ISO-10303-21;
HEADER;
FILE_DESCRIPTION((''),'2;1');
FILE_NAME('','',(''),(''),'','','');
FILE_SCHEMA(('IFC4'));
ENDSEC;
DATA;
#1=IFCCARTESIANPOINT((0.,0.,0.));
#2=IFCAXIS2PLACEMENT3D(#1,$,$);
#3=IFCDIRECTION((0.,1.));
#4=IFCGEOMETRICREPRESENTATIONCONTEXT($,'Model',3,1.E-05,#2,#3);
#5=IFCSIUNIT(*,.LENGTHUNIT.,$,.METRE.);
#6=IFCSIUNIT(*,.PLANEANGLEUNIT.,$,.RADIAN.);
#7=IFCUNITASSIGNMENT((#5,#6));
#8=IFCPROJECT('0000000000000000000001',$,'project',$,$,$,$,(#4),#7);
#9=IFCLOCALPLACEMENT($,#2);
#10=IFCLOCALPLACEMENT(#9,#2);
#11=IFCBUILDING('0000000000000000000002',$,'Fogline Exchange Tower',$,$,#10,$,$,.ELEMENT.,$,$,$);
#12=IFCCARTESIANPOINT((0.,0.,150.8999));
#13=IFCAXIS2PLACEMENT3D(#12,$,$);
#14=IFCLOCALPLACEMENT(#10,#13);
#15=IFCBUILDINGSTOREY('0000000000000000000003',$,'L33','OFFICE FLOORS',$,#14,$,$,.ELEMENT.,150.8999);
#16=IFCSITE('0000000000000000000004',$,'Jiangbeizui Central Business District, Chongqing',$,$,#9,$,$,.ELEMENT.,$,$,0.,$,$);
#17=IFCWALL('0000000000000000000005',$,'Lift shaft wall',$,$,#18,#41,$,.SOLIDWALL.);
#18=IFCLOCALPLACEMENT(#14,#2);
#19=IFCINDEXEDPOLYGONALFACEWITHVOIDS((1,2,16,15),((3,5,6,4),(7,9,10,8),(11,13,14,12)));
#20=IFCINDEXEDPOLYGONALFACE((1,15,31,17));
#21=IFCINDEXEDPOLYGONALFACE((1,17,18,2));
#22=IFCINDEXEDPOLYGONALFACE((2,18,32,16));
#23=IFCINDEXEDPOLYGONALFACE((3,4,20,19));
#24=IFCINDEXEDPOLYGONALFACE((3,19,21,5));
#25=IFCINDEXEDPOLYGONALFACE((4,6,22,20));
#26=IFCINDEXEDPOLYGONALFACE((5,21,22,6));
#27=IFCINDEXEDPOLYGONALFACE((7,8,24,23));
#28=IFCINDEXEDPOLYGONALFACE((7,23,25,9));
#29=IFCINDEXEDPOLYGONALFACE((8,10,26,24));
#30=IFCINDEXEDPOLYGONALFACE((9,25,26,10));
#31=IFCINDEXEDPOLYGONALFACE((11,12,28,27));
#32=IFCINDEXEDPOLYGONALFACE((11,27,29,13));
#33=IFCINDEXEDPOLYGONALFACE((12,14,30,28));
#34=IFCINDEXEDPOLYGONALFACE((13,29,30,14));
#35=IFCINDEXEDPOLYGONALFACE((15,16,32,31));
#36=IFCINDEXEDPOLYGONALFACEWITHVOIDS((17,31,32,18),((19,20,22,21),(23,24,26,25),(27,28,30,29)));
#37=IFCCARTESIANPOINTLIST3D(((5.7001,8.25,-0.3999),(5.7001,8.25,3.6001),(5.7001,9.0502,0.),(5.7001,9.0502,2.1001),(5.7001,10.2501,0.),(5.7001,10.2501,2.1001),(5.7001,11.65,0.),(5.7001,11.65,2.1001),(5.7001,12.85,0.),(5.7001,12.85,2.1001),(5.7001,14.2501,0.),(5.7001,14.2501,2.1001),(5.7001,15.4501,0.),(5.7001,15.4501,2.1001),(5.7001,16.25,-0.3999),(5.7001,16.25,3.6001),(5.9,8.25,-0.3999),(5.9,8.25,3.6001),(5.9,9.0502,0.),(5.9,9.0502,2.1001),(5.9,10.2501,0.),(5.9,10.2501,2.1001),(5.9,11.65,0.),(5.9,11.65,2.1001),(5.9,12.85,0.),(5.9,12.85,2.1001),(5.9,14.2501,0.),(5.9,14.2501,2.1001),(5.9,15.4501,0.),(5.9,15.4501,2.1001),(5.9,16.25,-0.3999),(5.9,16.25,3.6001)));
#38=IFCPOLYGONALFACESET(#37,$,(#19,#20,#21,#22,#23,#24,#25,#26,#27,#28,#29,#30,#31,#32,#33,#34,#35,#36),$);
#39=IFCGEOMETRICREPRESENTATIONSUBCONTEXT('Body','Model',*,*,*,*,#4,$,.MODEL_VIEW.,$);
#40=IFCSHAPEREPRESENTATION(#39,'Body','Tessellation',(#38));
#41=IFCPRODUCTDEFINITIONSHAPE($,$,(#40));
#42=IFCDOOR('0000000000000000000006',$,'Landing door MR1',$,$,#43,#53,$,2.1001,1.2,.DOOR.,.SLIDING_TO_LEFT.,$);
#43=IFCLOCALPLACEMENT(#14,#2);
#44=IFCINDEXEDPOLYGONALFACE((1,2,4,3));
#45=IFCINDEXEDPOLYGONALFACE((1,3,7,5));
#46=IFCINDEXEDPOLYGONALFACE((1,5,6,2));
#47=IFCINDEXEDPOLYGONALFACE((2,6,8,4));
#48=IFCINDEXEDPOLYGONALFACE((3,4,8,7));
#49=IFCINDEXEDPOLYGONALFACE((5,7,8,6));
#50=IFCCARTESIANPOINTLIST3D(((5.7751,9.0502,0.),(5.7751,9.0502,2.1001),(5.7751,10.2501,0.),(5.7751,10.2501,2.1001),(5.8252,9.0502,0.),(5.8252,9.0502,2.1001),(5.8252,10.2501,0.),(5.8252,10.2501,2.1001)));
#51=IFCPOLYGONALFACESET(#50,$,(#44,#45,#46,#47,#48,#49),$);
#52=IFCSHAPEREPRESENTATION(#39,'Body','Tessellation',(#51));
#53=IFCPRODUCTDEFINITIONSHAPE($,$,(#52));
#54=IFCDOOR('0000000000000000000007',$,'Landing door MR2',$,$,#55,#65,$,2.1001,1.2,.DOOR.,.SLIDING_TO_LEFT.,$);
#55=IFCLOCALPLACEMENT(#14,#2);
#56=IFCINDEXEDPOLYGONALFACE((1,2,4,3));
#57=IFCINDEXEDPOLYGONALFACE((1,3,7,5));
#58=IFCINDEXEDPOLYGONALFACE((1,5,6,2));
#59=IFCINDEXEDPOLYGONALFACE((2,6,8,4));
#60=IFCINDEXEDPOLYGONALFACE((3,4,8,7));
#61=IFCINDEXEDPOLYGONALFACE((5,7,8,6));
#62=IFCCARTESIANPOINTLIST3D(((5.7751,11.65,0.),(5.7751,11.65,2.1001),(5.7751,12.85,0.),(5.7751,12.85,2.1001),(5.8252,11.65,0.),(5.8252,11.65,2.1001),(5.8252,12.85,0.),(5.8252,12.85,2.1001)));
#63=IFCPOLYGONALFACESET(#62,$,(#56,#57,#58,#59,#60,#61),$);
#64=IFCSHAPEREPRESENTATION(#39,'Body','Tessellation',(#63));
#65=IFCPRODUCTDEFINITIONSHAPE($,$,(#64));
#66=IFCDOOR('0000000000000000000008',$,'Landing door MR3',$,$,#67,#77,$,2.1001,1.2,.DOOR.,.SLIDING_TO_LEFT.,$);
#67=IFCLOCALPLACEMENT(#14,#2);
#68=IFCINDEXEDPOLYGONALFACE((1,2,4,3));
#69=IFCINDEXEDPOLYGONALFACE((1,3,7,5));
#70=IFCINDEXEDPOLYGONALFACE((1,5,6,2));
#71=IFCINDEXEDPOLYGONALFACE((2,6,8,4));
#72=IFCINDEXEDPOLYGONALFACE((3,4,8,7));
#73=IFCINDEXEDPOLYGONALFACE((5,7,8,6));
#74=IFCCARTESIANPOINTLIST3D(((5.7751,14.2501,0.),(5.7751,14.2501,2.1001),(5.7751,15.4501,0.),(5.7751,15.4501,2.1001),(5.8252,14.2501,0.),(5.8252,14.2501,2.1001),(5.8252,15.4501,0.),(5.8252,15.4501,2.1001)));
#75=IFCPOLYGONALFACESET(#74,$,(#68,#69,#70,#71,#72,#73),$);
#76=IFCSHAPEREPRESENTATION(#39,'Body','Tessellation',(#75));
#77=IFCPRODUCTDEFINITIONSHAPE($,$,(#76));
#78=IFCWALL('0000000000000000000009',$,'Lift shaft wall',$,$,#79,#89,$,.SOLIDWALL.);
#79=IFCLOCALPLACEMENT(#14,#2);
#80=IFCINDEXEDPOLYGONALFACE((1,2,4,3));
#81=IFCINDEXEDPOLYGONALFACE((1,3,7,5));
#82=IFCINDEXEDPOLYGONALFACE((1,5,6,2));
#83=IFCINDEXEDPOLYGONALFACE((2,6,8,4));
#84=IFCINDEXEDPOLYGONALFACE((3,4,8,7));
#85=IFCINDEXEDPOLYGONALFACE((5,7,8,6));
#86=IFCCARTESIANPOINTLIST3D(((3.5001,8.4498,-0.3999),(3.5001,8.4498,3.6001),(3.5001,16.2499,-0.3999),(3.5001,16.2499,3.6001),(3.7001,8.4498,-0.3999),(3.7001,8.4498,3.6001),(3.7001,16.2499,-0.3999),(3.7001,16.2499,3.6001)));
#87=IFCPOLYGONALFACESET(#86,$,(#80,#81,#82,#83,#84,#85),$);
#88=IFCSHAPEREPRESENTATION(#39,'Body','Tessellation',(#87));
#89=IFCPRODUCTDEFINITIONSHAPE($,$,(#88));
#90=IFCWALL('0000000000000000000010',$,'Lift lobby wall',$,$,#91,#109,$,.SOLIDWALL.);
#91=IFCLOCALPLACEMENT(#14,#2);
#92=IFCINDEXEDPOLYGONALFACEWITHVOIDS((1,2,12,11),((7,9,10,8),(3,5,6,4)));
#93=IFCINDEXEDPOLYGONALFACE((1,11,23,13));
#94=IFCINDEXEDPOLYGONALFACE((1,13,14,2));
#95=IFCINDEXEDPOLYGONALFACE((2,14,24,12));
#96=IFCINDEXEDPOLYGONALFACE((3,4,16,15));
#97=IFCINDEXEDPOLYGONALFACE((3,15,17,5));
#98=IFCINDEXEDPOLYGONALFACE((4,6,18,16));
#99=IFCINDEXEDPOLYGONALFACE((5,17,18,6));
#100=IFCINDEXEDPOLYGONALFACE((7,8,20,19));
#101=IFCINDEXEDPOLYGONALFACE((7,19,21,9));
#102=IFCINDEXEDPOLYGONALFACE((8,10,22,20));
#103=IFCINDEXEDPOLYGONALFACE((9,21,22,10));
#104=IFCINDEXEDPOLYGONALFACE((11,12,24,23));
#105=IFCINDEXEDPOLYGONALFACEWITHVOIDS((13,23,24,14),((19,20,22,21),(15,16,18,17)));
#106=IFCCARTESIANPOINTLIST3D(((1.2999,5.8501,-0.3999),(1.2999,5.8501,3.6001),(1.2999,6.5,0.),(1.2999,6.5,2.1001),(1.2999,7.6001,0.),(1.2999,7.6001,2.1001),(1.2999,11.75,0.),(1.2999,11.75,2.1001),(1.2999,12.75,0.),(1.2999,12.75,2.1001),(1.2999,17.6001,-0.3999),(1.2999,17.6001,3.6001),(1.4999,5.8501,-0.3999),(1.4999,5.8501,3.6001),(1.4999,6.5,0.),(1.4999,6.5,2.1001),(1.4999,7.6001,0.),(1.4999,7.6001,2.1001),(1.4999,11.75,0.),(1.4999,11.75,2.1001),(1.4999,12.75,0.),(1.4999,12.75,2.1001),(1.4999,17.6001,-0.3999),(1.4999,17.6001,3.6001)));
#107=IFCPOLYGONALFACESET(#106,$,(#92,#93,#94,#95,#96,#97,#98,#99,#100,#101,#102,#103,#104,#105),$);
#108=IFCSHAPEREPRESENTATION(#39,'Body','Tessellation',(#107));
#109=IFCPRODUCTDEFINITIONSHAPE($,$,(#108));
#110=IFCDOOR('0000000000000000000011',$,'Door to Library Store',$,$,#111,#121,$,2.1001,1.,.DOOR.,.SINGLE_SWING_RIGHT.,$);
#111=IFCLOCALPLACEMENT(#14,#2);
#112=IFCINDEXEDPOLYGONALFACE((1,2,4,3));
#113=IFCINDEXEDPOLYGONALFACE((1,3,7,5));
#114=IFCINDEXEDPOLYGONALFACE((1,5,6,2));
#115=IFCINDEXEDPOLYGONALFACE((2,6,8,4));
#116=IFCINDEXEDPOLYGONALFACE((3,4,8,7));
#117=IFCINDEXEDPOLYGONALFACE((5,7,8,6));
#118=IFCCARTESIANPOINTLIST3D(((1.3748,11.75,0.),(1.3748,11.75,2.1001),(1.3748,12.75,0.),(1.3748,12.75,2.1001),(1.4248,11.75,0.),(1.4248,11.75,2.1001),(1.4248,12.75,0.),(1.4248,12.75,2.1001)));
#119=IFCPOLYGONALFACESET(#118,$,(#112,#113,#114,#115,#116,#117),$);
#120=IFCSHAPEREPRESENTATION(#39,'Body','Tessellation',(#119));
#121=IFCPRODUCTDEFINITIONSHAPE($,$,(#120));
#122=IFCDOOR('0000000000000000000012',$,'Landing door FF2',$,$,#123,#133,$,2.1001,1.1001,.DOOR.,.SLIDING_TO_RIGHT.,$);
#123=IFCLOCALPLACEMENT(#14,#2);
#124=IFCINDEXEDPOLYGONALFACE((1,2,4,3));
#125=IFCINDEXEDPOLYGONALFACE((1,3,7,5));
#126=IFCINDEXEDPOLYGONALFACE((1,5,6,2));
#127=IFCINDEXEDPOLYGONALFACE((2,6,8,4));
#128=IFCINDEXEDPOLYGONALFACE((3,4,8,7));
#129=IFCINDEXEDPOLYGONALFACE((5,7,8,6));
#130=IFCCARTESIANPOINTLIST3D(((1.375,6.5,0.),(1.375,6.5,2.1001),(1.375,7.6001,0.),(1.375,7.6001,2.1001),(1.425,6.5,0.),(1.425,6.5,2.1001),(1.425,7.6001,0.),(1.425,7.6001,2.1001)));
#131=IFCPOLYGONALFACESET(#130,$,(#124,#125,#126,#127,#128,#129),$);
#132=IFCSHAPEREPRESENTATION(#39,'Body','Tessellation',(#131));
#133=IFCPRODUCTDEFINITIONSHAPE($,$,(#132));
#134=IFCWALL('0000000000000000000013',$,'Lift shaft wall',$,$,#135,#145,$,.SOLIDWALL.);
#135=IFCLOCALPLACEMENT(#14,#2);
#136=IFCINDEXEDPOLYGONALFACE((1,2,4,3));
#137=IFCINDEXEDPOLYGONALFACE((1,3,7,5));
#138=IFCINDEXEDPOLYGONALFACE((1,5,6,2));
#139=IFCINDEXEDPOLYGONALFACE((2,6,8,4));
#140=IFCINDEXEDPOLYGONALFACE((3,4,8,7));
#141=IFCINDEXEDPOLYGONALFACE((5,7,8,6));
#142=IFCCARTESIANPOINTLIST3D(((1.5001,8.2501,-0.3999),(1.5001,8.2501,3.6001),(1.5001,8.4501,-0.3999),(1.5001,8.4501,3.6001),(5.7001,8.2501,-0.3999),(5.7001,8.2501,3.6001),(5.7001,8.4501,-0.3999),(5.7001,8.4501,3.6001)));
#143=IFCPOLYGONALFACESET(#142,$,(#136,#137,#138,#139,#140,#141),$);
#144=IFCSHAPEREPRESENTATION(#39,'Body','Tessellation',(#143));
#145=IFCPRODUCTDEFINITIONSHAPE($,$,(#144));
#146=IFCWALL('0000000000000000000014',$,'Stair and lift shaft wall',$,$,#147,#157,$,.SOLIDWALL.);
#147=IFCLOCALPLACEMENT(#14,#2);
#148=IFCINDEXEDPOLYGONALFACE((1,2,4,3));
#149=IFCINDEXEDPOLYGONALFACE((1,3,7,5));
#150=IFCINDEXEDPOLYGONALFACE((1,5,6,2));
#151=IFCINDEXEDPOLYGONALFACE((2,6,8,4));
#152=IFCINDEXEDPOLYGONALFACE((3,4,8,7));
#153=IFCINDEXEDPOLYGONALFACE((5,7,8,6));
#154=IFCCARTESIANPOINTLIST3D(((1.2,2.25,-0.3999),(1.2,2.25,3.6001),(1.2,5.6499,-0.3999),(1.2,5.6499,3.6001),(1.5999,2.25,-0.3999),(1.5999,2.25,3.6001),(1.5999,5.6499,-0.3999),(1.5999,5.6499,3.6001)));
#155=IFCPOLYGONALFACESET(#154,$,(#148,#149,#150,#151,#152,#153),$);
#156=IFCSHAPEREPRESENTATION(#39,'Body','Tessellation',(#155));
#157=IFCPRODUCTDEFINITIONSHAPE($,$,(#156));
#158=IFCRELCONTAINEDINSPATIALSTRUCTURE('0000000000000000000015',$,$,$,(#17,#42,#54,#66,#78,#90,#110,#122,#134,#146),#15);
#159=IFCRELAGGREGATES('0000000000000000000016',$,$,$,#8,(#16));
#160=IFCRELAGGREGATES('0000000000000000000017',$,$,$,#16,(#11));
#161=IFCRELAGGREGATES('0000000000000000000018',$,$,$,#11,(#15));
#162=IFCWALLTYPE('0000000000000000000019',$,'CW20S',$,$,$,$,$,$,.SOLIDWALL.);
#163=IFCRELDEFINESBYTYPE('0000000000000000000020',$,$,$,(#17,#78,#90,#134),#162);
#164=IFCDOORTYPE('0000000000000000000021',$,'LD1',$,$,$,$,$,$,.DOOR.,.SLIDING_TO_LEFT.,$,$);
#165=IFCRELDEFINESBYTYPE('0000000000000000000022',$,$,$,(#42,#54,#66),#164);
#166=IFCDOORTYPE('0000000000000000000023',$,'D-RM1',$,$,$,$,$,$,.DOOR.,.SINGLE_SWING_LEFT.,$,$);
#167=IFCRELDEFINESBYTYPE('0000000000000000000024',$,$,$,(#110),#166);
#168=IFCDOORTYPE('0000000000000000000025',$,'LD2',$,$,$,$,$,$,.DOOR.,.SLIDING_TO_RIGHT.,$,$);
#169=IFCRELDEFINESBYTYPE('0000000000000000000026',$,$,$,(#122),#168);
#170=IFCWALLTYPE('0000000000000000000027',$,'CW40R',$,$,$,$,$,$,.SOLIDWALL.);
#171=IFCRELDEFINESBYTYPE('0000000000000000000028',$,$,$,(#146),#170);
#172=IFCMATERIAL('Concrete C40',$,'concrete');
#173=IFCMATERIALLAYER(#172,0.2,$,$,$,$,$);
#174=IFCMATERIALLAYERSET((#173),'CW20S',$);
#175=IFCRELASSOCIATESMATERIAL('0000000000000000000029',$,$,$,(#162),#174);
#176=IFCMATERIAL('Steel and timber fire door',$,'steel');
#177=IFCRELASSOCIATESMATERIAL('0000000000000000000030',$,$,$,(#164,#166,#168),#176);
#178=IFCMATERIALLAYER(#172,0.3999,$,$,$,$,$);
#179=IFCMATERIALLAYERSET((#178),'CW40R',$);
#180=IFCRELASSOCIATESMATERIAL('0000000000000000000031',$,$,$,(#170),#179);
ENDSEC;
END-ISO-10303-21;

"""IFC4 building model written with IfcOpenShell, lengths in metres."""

from ifc_helpers import new_model, si_unit, direction, frame, frame_2d, origin, place, context, subcontext, project, spatial, rectangle, extrude, material, layer, layer_set, type_object, element, fill, save


model = new_model("IFC4")

# Units and contexts
model_context = context("Model", 3, precision=1e-05, world=origin(), true_north=direction((0.0, 1.0)))
body_context = subcontext(model_context, "Body", "Model", "MODEL_VIEW")
ifc_project = project(units=[si_unit("LENGTHUNIT", "METRE"), si_unit("PLANEANGLEUNIT", "RADIAN")], contexts=[model_context])

# Site, building, storey
site_placement = place(None, origin())
site = spatial("IfcSite", under=ifc_project, at=site_placement, Name="Jiangbeizui Central Business District, Chongqing", CompositionType="ELEMENT", RefElevation=0.0)
building_placement = place(site_placement, origin())
building = spatial("IfcBuilding", under=site, at=building_placement, Name="Fogline Exchange Tower", CompositionType="ELEMENT")
storey_placement = place(building_placement, frame((0.0, 0.0, 150.8999)))
storey = spatial("IfcBuildingStorey", under=building, at=storey_placement, Name="L33", Description="OFFICE FLOORS", CompositionType="ELEMENT", Elevation=150.8999)

# Shared definitions
ifc_material_1 = material(Name="Concrete C40", Category="concrete")

# Shared definitions
ifc_material_2 = material(Name="Steel and timber fire door", Category="steel")

# Shared definitions
ifc_layer_1 = layer(ifc_material_1, 0.2)
ifc_layer_set_1 = layer_set([ifc_layer_1], Name="CW20S")
wall_type_1 = type_object("IfcWallType", Name="CW20S", PredefinedType="SOLIDWALL", material=ifc_layer_set_1)

# Wall, openings, doors
wall_1_placement = place(storey_placement, frame((5.8, 8.25, -0.3999), z_axis=(0.0, 0.0, 1.0), x_axis=(0.0, 1.0, 0.0)))
wall_1 = element("IfcWall", 1, at=wall_1_placement, inside=storey, type_object=wall_type_1, Name="Lift shaft wall", PredefinedType="SOLIDWALL", context=body_context, shape_type="SweptSolid", body=[
    extrude(rectangle(XDim=8.0, YDim=0.2, at=frame_2d((4.0, 0.0))), origin(), (0.0, 0.0, 1.0), 4.0),
])
opening_1_placement = place(wall_1_placement, frame((0.8, 0.0, 0.3999)))
opening_1 = element("IfcOpeningElement", 2, at=opening_1_placement, cuts=wall_1, PredefinedType="OPENING", context=body_context, shape_type="SweptSolid", body=[
    extrude(rectangle(XDim=1.2, YDim=2.1001, at=frame_2d((0.6001, 1.05))), frame((0.0, 0.1099, 0.0), z_axis=(0.0, -1.0, 0.0), x_axis=(1.0, 0.0, 0.0)), (0.0, 0.0, 1.0), 0.22),
])
opening_2_placement = place(wall_1_placement, frame((3.3999, 0.0, 0.3999)))
opening_2 = element("IfcOpeningElement", 3, at=opening_2_placement, cuts=wall_1, PredefinedType="OPENING", context=body_context, shape_type="SweptSolid", body=[
    extrude(rectangle(XDim=1.2, YDim=2.1001, at=frame_2d((0.6001, 1.05))), frame((0.0, 0.1099, 0.0), z_axis=(0.0, -1.0, 0.0), x_axis=(1.0, 0.0, 0.0)), (0.0, 0.0, 1.0), 0.22),
])
opening_3_placement = place(wall_1_placement, frame((6.0, 0.0, 0.3999)))
opening_3 = element("IfcOpeningElement", 4, at=opening_3_placement, cuts=wall_1, PredefinedType="OPENING", context=body_context, shape_type="SweptSolid", body=[
    extrude(rectangle(XDim=1.2, YDim=2.1001, at=frame_2d((0.6001, 1.05))), frame((0.0, 0.1099, 0.0), z_axis=(0.0, -1.0, 0.0), x_axis=(1.0, 0.0, 0.0)), (0.0, 0.0, 1.0), 0.22),
])
door_type_1 = type_object("IfcDoorType", Name="LD1", OperationType="SLIDING_TO_LEFT", PredefinedType="DOOR", material=ifc_material_2)
door_1_placement = place(opening_1_placement, origin())
door_1 = element("IfcDoor", 5, at=door_1_placement, inside=storey, type_object=door_type_1, Name="Landing door MR1", OperationType="SLIDING_TO_LEFT", OverallHeight=2.1001, OverallWidth=1.2, PredefinedType="DOOR", context=body_context, shape_type="SweptSolid", body=[
    extrude(rectangle(XDim=1.2, YDim=2.1001, at=frame_2d((0.6001, 1.05))), frame((0.0, 0.0249, 0.0), z_axis=(0.0, -1.0, 0.0), x_axis=(1.0, 0.0, 0.0)), (0.0, 0.0, 1.0), 0.05),
])
fill(opening_1, door_1)
door_2_placement = place(opening_2_placement, origin())
door_2 = element("IfcDoor", 6, at=door_2_placement, inside=storey, type_object=door_type_1, Name="Landing door MR2", OperationType="SLIDING_TO_LEFT", OverallHeight=2.1001, OverallWidth=1.2, PredefinedType="DOOR", context=body_context, shape_type="SweptSolid", body=[
    extrude(rectangle(XDim=1.2, YDim=2.1001, at=frame_2d((0.6001, 1.05))), frame((0.0, 0.0249, 0.0), z_axis=(0.0, -1.0, 0.0), x_axis=(1.0, 0.0, 0.0)), (0.0, 0.0, 1.0), 0.05),
])
fill(opening_2, door_2)
door_3_placement = place(opening_3_placement, origin())
door_3 = element("IfcDoor", 7, at=door_3_placement, inside=storey, type_object=door_type_1, Name="Landing door MR3", OperationType="SLIDING_TO_LEFT", OverallHeight=2.1001, OverallWidth=1.2, PredefinedType="DOOR", context=body_context, shape_type="SweptSolid", body=[
    extrude(rectangle(XDim=1.2, YDim=2.1001, at=frame_2d((0.6001, 1.05))), frame((0.0, 0.0249, 0.0), z_axis=(0.0, -1.0, 0.0), x_axis=(1.0, 0.0, 0.0)), (0.0, 0.0, 1.0), 0.05),
])
fill(opening_3, door_3)

# Wall
wall_2_placement = place(storey_placement, frame((3.6001, 8.45, -0.3999), z_axis=(0.0, 0.0, 1.0), x_axis=(0.0, 1.0, 0.0)))
element("IfcWall", 8, at=wall_2_placement, inside=storey, type_object=wall_type_1, Name="Lift shaft wall", PredefinedType="SOLIDWALL", context=body_context, shape_type="SweptSolid", body=[
    extrude(rectangle(XDim=7.8, YDim=0.2, at=frame_2d((3.8999, 0.0))), origin(), (0.0, 0.0, 1.0), 4.0),
])

# Wall, openings, doors
wall_3_placement = place(storey_placement, frame((1.3999, 5.8501, -0.3999), z_axis=(0.0, 0.0, 1.0), x_axis=(0.0, 1.0, 0.0)))
wall_3 = element("IfcWall", 9, at=wall_3_placement, inside=storey, type_object=wall_type_1, Name="Lift lobby wall", PredefinedType="SOLIDWALL", context=body_context, shape_type="SweptSolid", body=[
    extrude(rectangle(XDim=11.75, YDim=0.2, at=frame_2d((5.875, 0.0))), origin(), (0.0, 0.0, 1.0), 4.0),
])
opening_4_placement = place(wall_3_placement, frame((0.6499, 0.0, 0.3999)))
opening_4 = element("IfcOpeningElement", 10, at=opening_4_placement, cuts=wall_3, PredefinedType="OPENING", context=body_context, shape_type="SweptSolid", body=[
    extrude(rectangle(XDim=1.1001, YDim=2.1001, at=frame_2d((0.55, 1.05))), frame((0.0, 0.1099, 0.0), z_axis=(0.0, -1.0, 0.0), x_axis=(1.0, 0.0, 0.0)), (0.0, 0.0, 1.0), 0.22),
])
opening_5_placement = place(wall_3_placement, frame((5.8999, 0.0, 0.3999)))
opening_5 = element("IfcOpeningElement", 11, at=opening_5_placement, cuts=wall_3, PredefinedType="OPENING", context=body_context, shape_type="SweptSolid", body=[
    extrude(rectangle(XDim=1.0, YDim=2.1001, at=frame_2d((0.5, 1.05))), frame((0.0, 0.1099, 0.0), z_axis=(0.0, -1.0, 0.0), x_axis=(1.0, 0.0, 0.0)), (0.0, 0.0, 1.0), 0.22),
])
door_type_2 = type_object("IfcDoorType", Name="D-RM1", OperationType="SINGLE_SWING_LEFT", PredefinedType="DOOR", material=ifc_material_2)
door_4_placement = place(opening_5_placement, frame((1.0, 0.0, 0.0), z_axis=(0.0, 0.0, 1.0), x_axis=(-1.0, 0.0, 0.0)))
door_4 = element("IfcDoor", 12, at=door_4_placement, inside=storey, type_object=door_type_2, Name="Door to Library Store", OperationType="SINGLE_SWING_RIGHT", OverallHeight=2.1001, OverallWidth=1.0, PredefinedType="DOOR", context=body_context, shape_type="SweptSolid", body=[
    extrude(rectangle(XDim=1.0, YDim=2.1001, at=frame_2d((0.5, 1.05))), frame((0.0, 0.0249, 0.0), z_axis=(0.0, -1.0, 0.0), x_axis=(1.0, 0.0, 0.0)), (0.0, 0.0, 1.0), 0.05),
])
fill(opening_5, door_4)
door_type_3 = type_object("IfcDoorType", Name="LD2", OperationType="SLIDING_TO_RIGHT", PredefinedType="DOOR", material=ifc_material_2)
door_5_placement = place(opening_4_placement, origin())
door_5 = element("IfcDoor", 13, at=door_5_placement, inside=storey, type_object=door_type_3, Name="Landing door FF2", OperationType="SLIDING_TO_RIGHT", OverallHeight=2.1001, OverallWidth=1.1001, PredefinedType="DOOR", context=body_context, shape_type="SweptSolid", body=[
    extrude(rectangle(XDim=1.1001, YDim=2.1001, at=frame_2d((0.55, 1.05))), frame((0.0, 0.0249, 0.0), z_axis=(0.0, -1.0, 0.0), x_axis=(1.0, 0.0, 0.0)), (0.0, 0.0, 1.0), 0.05),
])
fill(opening_4, door_5)

# Walls
wall_4_placement = place(storey_placement, frame((1.5, 8.3501, -0.3999), z_axis=(0.0, 0.0, 1.0), x_axis=(1.0, 0.0, 0.0)))
element("IfcWall", 14, at=wall_4_placement, inside=storey, type_object=wall_type_1, Name="Lift shaft wall", PredefinedType="SOLIDWALL", context=body_context, shape_type="SweptSolid", body=[
    extrude(rectangle(XDim=4.2, YDim=0.2, at=frame_2d((2.1001, 0.0))), origin(), (0.0, 0.0, 1.0), 4.0),
])
ifc_layer_2 = layer(ifc_material_1, 0.3999)
ifc_layer_set_2 = layer_set([ifc_layer_2], Name="CW40R")
wall_type_2 = type_object("IfcWallType", Name="CW40R", PredefinedType="SOLIDWALL", material=ifc_layer_set_2)
wall_5_placement = place(storey_placement, frame((1.3999, 2.25, -0.3999), z_axis=(0.0, 0.0, 1.0), x_axis=(0.0, 1.0, 0.0)))
element("IfcWall", 15, at=wall_5_placement, inside=storey, type_object=wall_type_2, Name="Stair and lift shaft wall", PredefinedType="SOLIDWALL", context=body_context, shape_type="SweptSolid", body=[
    extrude(rectangle(XDim=3.3999, YDim=0.3999, at=frame_2d((1.7, 0.0))), origin(), (0.0, 0.0, 1.0), 4.0),
])

save(model, "model.ifc")
